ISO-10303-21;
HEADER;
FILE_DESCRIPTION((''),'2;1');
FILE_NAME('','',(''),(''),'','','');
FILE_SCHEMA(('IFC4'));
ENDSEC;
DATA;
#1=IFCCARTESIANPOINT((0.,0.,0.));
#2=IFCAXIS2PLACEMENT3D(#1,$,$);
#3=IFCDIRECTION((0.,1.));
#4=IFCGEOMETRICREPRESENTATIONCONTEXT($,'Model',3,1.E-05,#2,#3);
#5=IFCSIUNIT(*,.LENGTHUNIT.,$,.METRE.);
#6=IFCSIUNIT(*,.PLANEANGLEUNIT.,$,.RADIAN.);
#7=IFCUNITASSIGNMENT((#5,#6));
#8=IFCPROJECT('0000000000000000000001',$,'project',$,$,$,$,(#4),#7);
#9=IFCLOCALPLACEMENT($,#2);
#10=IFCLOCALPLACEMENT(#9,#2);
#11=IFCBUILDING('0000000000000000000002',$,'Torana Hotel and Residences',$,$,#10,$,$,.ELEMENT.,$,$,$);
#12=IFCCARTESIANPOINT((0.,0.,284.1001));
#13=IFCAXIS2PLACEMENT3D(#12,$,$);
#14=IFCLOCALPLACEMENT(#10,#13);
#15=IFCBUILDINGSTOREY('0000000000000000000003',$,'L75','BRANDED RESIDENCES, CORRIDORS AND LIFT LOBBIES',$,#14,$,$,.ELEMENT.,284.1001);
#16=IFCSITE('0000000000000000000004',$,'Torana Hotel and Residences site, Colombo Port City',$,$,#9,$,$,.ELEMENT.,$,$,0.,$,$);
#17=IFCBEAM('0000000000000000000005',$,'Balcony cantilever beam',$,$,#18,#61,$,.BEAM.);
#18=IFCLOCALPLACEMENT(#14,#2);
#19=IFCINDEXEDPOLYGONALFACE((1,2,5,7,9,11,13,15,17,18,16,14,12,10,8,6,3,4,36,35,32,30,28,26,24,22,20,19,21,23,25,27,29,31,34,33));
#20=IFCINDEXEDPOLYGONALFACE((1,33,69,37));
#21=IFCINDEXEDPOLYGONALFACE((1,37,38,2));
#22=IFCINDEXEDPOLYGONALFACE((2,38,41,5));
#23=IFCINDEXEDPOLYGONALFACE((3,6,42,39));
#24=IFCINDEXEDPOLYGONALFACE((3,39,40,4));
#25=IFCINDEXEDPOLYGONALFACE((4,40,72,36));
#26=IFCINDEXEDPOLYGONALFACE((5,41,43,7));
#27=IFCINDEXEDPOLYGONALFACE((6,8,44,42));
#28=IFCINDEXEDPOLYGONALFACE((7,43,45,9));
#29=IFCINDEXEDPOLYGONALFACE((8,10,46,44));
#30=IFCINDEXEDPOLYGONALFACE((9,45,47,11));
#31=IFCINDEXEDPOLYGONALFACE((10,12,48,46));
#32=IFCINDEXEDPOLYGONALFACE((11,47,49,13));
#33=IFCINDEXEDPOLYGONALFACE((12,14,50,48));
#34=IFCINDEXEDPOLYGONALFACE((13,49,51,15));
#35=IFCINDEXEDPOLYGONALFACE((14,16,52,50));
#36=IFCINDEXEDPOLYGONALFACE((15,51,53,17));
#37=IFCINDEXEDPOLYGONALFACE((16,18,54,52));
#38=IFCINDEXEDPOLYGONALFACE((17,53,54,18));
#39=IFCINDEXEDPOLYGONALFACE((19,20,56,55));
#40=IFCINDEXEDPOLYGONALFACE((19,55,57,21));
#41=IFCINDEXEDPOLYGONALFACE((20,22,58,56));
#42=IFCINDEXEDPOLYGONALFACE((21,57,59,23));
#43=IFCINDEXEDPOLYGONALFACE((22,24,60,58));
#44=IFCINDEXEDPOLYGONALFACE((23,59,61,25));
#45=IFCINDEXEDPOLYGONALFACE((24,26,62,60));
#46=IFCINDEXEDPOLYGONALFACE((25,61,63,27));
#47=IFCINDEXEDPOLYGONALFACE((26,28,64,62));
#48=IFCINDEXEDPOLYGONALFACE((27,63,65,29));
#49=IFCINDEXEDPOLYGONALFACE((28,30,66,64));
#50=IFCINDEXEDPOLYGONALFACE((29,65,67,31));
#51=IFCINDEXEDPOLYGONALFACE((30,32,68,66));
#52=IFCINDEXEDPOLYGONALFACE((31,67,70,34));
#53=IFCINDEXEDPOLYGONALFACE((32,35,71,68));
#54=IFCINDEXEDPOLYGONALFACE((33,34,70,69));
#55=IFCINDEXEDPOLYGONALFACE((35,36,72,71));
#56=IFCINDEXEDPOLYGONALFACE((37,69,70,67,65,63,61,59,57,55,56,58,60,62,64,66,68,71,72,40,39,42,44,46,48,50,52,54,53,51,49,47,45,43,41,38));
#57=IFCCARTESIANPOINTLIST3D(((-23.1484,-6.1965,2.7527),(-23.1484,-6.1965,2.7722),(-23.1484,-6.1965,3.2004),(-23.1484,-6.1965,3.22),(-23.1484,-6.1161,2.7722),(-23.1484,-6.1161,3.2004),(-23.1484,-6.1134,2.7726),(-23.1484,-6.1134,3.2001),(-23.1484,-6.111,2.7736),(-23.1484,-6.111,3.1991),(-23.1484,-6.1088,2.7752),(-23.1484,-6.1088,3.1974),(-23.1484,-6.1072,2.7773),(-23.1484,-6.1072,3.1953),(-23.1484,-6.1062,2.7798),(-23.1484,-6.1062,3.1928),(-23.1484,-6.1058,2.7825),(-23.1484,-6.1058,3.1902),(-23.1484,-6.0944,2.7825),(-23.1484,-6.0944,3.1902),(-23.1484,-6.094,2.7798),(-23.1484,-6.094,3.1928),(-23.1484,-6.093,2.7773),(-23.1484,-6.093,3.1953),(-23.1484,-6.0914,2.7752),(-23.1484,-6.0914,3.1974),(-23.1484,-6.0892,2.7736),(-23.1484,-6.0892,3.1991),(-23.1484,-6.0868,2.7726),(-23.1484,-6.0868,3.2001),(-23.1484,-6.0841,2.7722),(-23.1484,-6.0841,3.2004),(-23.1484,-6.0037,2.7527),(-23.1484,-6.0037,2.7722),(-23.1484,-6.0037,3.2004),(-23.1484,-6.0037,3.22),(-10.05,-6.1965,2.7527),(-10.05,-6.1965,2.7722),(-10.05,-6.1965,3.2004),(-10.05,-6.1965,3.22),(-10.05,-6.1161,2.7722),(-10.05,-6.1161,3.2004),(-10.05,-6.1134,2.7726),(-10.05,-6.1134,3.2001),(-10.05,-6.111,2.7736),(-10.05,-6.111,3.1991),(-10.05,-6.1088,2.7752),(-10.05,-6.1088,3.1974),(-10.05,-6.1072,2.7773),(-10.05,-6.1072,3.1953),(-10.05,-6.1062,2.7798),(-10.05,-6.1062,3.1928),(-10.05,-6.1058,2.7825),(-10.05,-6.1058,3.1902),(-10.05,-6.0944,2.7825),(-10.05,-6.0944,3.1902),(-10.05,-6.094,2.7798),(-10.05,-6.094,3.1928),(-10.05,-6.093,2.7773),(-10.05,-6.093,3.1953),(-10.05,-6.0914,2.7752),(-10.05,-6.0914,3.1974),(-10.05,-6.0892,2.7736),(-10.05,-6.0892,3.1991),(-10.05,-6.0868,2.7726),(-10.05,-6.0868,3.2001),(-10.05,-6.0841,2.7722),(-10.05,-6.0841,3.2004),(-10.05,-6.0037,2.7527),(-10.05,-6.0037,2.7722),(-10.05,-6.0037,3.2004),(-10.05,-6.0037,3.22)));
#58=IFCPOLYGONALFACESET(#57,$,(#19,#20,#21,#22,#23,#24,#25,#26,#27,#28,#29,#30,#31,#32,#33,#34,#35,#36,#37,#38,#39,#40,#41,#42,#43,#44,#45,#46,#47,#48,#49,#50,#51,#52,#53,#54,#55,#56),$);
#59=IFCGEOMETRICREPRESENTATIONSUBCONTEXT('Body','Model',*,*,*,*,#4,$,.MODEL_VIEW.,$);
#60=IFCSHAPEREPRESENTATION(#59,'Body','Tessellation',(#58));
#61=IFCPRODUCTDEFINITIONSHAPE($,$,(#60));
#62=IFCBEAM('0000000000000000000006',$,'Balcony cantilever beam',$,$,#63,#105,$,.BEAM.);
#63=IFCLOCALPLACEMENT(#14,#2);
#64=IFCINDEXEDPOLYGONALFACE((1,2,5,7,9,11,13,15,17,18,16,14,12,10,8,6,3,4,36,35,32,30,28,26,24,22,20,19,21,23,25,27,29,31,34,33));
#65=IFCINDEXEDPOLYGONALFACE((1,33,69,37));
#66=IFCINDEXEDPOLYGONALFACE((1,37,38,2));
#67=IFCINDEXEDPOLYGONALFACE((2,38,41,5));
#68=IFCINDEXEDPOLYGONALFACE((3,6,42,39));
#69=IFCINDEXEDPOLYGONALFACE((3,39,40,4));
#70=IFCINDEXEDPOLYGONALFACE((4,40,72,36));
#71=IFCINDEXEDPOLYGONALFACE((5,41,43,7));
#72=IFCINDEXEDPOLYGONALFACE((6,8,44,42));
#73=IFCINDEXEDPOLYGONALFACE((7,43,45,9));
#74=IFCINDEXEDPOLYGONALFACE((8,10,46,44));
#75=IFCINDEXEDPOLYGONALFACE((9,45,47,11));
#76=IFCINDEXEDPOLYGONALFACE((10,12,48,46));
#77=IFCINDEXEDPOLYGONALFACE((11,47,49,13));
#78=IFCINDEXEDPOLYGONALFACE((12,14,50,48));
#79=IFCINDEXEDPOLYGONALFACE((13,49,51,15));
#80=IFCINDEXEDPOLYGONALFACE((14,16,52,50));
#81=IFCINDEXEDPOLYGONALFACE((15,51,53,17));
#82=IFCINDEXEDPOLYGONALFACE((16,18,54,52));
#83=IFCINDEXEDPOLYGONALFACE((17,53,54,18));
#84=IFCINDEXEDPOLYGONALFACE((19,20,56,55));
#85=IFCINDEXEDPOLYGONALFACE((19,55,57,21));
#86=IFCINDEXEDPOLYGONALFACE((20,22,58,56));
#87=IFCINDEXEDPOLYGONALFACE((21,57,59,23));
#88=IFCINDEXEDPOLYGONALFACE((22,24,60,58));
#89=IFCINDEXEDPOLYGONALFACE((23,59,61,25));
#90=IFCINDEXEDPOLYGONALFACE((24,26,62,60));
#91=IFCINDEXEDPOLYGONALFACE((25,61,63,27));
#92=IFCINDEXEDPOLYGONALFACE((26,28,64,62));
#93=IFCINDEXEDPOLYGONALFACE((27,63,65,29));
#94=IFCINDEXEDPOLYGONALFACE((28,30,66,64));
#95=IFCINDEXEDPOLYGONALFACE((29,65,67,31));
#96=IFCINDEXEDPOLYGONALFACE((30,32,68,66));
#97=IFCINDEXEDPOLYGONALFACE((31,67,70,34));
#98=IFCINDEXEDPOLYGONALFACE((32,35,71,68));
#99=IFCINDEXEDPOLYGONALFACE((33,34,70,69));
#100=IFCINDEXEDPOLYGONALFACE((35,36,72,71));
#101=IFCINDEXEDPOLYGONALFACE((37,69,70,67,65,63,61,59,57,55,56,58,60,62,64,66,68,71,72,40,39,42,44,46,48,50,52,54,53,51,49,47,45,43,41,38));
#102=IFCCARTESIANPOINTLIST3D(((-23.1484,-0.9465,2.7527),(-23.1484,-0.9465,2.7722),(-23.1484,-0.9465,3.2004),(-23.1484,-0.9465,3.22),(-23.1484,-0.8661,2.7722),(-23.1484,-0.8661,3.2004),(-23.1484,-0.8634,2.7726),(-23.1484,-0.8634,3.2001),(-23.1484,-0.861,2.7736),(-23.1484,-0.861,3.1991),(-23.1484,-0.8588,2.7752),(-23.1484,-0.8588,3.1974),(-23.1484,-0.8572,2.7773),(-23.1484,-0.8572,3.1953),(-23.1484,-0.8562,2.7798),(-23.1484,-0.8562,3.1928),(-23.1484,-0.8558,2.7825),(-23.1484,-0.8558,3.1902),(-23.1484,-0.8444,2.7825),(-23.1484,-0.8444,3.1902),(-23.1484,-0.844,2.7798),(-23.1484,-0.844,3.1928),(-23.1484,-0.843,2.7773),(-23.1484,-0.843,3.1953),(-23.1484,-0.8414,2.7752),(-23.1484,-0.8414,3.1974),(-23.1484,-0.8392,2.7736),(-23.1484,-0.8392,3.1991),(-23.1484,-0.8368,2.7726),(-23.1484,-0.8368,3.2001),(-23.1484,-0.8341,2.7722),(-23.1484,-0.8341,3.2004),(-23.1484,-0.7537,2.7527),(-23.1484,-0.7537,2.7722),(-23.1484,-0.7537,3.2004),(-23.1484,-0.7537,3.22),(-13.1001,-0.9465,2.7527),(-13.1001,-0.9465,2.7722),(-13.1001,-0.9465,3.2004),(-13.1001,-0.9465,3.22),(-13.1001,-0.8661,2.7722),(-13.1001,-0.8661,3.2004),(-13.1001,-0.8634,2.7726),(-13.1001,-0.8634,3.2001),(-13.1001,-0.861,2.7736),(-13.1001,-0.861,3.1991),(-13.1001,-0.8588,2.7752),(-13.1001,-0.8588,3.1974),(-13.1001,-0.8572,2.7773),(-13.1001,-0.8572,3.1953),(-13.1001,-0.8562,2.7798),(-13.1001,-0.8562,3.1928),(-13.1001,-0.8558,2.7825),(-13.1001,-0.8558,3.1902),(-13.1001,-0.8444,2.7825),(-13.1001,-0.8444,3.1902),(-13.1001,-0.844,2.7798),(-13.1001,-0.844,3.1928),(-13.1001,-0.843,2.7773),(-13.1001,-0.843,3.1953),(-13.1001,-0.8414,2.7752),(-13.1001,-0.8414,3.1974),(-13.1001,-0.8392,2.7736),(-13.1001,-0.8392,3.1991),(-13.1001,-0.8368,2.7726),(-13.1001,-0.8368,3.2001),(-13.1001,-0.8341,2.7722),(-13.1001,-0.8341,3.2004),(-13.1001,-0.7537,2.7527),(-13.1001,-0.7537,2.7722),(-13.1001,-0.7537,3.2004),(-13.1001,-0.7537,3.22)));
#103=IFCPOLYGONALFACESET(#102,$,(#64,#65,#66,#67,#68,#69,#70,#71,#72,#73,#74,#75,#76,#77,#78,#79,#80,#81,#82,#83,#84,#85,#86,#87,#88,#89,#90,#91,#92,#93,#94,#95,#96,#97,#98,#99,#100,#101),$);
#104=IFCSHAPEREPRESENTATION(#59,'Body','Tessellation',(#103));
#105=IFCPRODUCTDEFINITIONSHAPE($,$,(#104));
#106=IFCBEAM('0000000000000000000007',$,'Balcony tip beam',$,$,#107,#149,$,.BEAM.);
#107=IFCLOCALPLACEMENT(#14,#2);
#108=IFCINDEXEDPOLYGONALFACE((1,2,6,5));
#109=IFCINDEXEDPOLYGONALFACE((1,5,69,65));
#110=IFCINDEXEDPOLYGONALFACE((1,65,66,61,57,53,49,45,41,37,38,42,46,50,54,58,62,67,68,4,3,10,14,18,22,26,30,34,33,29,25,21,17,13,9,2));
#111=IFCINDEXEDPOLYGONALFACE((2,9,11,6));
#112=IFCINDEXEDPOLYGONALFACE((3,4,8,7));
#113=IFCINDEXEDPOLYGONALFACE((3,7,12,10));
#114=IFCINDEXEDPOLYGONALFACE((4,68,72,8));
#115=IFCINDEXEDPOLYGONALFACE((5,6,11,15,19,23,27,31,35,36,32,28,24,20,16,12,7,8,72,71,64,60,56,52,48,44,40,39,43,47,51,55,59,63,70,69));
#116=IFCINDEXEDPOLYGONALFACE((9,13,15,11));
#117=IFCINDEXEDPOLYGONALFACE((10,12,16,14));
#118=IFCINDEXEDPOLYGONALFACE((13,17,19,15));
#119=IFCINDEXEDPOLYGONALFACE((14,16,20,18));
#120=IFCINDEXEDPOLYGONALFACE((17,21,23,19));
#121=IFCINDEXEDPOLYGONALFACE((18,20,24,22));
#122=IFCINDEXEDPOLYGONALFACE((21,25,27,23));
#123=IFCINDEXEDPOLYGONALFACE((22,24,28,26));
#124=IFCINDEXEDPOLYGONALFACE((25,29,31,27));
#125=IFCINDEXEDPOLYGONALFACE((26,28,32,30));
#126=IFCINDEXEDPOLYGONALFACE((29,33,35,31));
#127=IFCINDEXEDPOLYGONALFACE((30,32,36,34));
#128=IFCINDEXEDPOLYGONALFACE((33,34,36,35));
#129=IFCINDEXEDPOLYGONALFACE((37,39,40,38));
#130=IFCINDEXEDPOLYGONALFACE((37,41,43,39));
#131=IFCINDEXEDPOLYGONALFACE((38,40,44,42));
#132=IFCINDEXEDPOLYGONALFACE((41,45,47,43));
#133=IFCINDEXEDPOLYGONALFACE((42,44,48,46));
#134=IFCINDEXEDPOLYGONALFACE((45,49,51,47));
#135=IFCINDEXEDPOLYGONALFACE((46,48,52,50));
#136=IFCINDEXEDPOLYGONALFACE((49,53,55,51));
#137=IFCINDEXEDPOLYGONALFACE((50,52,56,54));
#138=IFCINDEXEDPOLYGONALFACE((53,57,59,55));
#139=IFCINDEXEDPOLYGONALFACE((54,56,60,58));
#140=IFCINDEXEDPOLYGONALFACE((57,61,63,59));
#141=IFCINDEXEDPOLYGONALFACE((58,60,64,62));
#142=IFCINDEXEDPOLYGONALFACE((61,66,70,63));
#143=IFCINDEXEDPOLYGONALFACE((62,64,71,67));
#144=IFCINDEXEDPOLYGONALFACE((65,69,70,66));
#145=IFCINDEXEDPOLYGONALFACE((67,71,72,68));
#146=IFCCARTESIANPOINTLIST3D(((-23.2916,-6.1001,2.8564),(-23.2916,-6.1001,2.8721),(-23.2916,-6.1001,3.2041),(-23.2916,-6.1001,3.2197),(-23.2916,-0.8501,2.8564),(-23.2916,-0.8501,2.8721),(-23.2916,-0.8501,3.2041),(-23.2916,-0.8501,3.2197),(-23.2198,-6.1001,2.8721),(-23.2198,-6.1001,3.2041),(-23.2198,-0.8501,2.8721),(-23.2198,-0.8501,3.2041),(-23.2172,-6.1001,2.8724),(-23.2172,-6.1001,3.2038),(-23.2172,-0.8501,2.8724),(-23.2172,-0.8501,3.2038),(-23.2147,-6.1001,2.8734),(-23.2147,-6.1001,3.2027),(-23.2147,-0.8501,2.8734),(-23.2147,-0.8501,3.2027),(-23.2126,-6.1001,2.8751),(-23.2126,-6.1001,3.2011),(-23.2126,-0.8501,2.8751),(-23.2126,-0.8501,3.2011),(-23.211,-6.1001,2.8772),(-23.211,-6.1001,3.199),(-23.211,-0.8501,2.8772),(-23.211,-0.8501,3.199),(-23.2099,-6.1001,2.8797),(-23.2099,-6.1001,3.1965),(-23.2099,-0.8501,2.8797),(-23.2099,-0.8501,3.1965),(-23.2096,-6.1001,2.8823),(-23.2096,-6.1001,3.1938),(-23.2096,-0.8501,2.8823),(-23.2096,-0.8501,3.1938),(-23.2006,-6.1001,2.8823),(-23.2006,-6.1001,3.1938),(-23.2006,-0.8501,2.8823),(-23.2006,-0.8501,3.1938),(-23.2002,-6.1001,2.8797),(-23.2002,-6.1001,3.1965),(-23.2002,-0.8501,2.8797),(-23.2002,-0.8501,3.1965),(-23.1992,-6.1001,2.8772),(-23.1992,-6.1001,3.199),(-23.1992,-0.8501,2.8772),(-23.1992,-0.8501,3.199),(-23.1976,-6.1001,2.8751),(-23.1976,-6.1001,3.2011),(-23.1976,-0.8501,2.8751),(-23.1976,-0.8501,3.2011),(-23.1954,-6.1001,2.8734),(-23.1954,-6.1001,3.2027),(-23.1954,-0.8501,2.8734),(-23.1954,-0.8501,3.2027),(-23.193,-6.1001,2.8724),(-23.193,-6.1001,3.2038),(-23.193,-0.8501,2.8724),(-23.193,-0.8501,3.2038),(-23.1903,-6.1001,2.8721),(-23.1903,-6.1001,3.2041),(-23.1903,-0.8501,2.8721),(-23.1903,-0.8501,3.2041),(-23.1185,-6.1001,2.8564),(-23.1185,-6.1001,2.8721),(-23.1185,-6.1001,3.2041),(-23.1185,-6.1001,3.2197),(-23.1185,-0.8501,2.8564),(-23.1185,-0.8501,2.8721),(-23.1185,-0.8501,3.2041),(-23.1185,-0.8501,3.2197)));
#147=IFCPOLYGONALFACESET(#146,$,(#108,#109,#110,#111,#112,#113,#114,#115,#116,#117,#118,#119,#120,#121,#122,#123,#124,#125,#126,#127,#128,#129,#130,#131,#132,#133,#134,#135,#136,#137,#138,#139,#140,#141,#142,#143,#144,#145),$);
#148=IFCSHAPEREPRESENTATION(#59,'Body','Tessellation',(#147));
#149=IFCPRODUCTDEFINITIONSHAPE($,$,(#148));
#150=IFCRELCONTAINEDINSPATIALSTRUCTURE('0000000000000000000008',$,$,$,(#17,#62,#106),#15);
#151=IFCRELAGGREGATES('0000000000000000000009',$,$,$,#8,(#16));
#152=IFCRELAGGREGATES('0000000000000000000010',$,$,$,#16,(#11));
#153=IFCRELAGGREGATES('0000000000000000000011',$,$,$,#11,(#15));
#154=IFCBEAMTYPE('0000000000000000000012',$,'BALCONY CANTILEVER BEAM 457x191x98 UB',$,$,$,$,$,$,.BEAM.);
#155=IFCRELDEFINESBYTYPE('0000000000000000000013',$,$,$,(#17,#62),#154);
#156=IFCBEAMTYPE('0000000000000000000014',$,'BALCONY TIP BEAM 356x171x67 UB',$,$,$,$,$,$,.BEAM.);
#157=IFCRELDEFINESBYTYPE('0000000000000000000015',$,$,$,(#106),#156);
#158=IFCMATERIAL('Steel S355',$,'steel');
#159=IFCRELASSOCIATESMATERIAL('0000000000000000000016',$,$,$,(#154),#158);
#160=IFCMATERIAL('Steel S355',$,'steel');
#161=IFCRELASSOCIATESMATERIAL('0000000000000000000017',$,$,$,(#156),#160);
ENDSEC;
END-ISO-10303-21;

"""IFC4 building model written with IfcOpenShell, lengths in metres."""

from ifc_helpers import new_model, si_unit, direction, frame, origin, origin_2d, place, context, subcontext, project, spatial, i_section, extrude, material, material_profile, profile_set, type_object, element, save


model = new_model("IFC4")

# Units and contexts
model_context = context("Model", 3, precision=1e-05, world=origin(), true_north=direction((0.0, 1.0)))
body_context = subcontext(model_context, "Body", "Model", "MODEL_VIEW")
ifc_project = project(units=[si_unit("LENGTHUNIT", "METRE"), si_unit("PLANEANGLEUNIT", "RADIAN")], contexts=[model_context])

# Site, building, storey
site_placement = place(None, origin())
site = spatial("IfcSite", under=ifc_project, at=site_placement, Name="Torana Hotel and Residences site, Colombo Port City", CompositionType="ELEMENT", RefElevation=0.0)
building_placement = place(site_placement, origin())
building = spatial("IfcBuilding", under=site, at=building_placement, Name="Torana Hotel and Residences", CompositionType="ELEMENT")
storey_placement = place(building_placement, frame((0.0, 0.0, 284.1001)))
storey = spatial("IfcBuildingStorey", under=building, at=storey_placement, Name="L75", Description="BRANDED RESIDENCES, CORRIDORS AND LIFT LOBBIES", CompositionType="ELEMENT", Elevation=284.1001)

# Beams
ifc_material_1 = material(Name="Steel S355", Category="steel")
ifc_material_profile_1 = material_profile(ifc_material_1, i_section(OverallWidth=0.1929, OverallDepth=0.4673, WebThickness=0.0115, FlangeThickness=0.0195, FilletRadius=0.0103, at=origin_2d()), Name="457x191x98 UB")
ifc_profile_set_1 = profile_set([ifc_material_profile_1], Name="Steel S355")
beam_type_1 = type_object("IfcBeamType", Name="BALCONY CANTILEVER BEAM 457x191x98 UB", PredefinedType="BEAM", material=ifc_profile_set_1)
beam_1_placement = place(storey_placement, frame((-23.1484, -6.1001, 2.9863), z_axis=(1.0, 0.0, 0.0), x_axis=(0.0, 1.0, 0.0)))
element("IfcBeam", 1, at=beam_1_placement, inside=storey, type_object=beam_type_1, Name="Balcony cantilever beam", PredefinedType="BEAM", context=body_context, shape_type="SweptSolid", body=[
    extrude(i_section(OverallWidth=0.1929, OverallDepth=0.4673, WebThickness=0.0115, FlangeThickness=0.0195, FilletRadius=0.0103, at=origin_2d()), origin(), (0.0, 0.0, 1.0), 13.0984),
])
beam_2_placement = place(storey_placement, frame((-23.1484, -0.8501, 2.9863), z_axis=(1.0, 0.0, 0.0), x_axis=(0.0, 1.0, 0.0)))
element("IfcBeam", 2, at=beam_2_placement, inside=storey, type_object=beam_type_1, Name="Balcony cantilever beam", PredefinedType="BEAM", context=body_context, shape_type="SweptSolid", body=[
    extrude(i_section(OverallWidth=0.1929, OverallDepth=0.4673, WebThickness=0.0115, FlangeThickness=0.0195, FilletRadius=0.0103, at=origin_2d()), origin(), (0.0, 0.0, 1.0), 10.0483),
])
ifc_material_2 = material(Name="Steel S355", Category="steel")
ifc_material_profile_2 = material_profile(ifc_material_2, i_section(OverallWidth=0.1731, OverallDepth=0.3633, WebThickness=0.009, FlangeThickness=0.0156, FilletRadius=0.0103, at=origin_2d()), Name="356x171x67 UB")
ifc_profile_set_2 = profile_set([ifc_material_profile_2], Name="Steel S355")
beam_type_2 = type_object("IfcBeamType", Name="BALCONY TIP BEAM 356x171x67 UB", PredefinedType="BEAM", material=ifc_profile_set_2)
beam_3_placement = place(storey_placement, frame((-23.2051, -6.1001, 3.0381), z_axis=(0.0, 1.0, 0.0), x_axis=(-1.0, 0.0, 0.0)))
element("IfcBeam", 3, at=beam_3_placement, inside=storey, type_object=beam_type_2, Name="Balcony tip beam", PredefinedType="BEAM", context=body_context, shape_type="SweptSolid", body=[
    extrude(i_section(OverallWidth=0.1731, OverallDepth=0.3633, WebThickness=0.009, FlangeThickness=0.0156, FilletRadius=0.0103, at=origin_2d()), origin(), (0.0, 0.0, 1.0), 5.25),
])

save(model, "model.ifc")
